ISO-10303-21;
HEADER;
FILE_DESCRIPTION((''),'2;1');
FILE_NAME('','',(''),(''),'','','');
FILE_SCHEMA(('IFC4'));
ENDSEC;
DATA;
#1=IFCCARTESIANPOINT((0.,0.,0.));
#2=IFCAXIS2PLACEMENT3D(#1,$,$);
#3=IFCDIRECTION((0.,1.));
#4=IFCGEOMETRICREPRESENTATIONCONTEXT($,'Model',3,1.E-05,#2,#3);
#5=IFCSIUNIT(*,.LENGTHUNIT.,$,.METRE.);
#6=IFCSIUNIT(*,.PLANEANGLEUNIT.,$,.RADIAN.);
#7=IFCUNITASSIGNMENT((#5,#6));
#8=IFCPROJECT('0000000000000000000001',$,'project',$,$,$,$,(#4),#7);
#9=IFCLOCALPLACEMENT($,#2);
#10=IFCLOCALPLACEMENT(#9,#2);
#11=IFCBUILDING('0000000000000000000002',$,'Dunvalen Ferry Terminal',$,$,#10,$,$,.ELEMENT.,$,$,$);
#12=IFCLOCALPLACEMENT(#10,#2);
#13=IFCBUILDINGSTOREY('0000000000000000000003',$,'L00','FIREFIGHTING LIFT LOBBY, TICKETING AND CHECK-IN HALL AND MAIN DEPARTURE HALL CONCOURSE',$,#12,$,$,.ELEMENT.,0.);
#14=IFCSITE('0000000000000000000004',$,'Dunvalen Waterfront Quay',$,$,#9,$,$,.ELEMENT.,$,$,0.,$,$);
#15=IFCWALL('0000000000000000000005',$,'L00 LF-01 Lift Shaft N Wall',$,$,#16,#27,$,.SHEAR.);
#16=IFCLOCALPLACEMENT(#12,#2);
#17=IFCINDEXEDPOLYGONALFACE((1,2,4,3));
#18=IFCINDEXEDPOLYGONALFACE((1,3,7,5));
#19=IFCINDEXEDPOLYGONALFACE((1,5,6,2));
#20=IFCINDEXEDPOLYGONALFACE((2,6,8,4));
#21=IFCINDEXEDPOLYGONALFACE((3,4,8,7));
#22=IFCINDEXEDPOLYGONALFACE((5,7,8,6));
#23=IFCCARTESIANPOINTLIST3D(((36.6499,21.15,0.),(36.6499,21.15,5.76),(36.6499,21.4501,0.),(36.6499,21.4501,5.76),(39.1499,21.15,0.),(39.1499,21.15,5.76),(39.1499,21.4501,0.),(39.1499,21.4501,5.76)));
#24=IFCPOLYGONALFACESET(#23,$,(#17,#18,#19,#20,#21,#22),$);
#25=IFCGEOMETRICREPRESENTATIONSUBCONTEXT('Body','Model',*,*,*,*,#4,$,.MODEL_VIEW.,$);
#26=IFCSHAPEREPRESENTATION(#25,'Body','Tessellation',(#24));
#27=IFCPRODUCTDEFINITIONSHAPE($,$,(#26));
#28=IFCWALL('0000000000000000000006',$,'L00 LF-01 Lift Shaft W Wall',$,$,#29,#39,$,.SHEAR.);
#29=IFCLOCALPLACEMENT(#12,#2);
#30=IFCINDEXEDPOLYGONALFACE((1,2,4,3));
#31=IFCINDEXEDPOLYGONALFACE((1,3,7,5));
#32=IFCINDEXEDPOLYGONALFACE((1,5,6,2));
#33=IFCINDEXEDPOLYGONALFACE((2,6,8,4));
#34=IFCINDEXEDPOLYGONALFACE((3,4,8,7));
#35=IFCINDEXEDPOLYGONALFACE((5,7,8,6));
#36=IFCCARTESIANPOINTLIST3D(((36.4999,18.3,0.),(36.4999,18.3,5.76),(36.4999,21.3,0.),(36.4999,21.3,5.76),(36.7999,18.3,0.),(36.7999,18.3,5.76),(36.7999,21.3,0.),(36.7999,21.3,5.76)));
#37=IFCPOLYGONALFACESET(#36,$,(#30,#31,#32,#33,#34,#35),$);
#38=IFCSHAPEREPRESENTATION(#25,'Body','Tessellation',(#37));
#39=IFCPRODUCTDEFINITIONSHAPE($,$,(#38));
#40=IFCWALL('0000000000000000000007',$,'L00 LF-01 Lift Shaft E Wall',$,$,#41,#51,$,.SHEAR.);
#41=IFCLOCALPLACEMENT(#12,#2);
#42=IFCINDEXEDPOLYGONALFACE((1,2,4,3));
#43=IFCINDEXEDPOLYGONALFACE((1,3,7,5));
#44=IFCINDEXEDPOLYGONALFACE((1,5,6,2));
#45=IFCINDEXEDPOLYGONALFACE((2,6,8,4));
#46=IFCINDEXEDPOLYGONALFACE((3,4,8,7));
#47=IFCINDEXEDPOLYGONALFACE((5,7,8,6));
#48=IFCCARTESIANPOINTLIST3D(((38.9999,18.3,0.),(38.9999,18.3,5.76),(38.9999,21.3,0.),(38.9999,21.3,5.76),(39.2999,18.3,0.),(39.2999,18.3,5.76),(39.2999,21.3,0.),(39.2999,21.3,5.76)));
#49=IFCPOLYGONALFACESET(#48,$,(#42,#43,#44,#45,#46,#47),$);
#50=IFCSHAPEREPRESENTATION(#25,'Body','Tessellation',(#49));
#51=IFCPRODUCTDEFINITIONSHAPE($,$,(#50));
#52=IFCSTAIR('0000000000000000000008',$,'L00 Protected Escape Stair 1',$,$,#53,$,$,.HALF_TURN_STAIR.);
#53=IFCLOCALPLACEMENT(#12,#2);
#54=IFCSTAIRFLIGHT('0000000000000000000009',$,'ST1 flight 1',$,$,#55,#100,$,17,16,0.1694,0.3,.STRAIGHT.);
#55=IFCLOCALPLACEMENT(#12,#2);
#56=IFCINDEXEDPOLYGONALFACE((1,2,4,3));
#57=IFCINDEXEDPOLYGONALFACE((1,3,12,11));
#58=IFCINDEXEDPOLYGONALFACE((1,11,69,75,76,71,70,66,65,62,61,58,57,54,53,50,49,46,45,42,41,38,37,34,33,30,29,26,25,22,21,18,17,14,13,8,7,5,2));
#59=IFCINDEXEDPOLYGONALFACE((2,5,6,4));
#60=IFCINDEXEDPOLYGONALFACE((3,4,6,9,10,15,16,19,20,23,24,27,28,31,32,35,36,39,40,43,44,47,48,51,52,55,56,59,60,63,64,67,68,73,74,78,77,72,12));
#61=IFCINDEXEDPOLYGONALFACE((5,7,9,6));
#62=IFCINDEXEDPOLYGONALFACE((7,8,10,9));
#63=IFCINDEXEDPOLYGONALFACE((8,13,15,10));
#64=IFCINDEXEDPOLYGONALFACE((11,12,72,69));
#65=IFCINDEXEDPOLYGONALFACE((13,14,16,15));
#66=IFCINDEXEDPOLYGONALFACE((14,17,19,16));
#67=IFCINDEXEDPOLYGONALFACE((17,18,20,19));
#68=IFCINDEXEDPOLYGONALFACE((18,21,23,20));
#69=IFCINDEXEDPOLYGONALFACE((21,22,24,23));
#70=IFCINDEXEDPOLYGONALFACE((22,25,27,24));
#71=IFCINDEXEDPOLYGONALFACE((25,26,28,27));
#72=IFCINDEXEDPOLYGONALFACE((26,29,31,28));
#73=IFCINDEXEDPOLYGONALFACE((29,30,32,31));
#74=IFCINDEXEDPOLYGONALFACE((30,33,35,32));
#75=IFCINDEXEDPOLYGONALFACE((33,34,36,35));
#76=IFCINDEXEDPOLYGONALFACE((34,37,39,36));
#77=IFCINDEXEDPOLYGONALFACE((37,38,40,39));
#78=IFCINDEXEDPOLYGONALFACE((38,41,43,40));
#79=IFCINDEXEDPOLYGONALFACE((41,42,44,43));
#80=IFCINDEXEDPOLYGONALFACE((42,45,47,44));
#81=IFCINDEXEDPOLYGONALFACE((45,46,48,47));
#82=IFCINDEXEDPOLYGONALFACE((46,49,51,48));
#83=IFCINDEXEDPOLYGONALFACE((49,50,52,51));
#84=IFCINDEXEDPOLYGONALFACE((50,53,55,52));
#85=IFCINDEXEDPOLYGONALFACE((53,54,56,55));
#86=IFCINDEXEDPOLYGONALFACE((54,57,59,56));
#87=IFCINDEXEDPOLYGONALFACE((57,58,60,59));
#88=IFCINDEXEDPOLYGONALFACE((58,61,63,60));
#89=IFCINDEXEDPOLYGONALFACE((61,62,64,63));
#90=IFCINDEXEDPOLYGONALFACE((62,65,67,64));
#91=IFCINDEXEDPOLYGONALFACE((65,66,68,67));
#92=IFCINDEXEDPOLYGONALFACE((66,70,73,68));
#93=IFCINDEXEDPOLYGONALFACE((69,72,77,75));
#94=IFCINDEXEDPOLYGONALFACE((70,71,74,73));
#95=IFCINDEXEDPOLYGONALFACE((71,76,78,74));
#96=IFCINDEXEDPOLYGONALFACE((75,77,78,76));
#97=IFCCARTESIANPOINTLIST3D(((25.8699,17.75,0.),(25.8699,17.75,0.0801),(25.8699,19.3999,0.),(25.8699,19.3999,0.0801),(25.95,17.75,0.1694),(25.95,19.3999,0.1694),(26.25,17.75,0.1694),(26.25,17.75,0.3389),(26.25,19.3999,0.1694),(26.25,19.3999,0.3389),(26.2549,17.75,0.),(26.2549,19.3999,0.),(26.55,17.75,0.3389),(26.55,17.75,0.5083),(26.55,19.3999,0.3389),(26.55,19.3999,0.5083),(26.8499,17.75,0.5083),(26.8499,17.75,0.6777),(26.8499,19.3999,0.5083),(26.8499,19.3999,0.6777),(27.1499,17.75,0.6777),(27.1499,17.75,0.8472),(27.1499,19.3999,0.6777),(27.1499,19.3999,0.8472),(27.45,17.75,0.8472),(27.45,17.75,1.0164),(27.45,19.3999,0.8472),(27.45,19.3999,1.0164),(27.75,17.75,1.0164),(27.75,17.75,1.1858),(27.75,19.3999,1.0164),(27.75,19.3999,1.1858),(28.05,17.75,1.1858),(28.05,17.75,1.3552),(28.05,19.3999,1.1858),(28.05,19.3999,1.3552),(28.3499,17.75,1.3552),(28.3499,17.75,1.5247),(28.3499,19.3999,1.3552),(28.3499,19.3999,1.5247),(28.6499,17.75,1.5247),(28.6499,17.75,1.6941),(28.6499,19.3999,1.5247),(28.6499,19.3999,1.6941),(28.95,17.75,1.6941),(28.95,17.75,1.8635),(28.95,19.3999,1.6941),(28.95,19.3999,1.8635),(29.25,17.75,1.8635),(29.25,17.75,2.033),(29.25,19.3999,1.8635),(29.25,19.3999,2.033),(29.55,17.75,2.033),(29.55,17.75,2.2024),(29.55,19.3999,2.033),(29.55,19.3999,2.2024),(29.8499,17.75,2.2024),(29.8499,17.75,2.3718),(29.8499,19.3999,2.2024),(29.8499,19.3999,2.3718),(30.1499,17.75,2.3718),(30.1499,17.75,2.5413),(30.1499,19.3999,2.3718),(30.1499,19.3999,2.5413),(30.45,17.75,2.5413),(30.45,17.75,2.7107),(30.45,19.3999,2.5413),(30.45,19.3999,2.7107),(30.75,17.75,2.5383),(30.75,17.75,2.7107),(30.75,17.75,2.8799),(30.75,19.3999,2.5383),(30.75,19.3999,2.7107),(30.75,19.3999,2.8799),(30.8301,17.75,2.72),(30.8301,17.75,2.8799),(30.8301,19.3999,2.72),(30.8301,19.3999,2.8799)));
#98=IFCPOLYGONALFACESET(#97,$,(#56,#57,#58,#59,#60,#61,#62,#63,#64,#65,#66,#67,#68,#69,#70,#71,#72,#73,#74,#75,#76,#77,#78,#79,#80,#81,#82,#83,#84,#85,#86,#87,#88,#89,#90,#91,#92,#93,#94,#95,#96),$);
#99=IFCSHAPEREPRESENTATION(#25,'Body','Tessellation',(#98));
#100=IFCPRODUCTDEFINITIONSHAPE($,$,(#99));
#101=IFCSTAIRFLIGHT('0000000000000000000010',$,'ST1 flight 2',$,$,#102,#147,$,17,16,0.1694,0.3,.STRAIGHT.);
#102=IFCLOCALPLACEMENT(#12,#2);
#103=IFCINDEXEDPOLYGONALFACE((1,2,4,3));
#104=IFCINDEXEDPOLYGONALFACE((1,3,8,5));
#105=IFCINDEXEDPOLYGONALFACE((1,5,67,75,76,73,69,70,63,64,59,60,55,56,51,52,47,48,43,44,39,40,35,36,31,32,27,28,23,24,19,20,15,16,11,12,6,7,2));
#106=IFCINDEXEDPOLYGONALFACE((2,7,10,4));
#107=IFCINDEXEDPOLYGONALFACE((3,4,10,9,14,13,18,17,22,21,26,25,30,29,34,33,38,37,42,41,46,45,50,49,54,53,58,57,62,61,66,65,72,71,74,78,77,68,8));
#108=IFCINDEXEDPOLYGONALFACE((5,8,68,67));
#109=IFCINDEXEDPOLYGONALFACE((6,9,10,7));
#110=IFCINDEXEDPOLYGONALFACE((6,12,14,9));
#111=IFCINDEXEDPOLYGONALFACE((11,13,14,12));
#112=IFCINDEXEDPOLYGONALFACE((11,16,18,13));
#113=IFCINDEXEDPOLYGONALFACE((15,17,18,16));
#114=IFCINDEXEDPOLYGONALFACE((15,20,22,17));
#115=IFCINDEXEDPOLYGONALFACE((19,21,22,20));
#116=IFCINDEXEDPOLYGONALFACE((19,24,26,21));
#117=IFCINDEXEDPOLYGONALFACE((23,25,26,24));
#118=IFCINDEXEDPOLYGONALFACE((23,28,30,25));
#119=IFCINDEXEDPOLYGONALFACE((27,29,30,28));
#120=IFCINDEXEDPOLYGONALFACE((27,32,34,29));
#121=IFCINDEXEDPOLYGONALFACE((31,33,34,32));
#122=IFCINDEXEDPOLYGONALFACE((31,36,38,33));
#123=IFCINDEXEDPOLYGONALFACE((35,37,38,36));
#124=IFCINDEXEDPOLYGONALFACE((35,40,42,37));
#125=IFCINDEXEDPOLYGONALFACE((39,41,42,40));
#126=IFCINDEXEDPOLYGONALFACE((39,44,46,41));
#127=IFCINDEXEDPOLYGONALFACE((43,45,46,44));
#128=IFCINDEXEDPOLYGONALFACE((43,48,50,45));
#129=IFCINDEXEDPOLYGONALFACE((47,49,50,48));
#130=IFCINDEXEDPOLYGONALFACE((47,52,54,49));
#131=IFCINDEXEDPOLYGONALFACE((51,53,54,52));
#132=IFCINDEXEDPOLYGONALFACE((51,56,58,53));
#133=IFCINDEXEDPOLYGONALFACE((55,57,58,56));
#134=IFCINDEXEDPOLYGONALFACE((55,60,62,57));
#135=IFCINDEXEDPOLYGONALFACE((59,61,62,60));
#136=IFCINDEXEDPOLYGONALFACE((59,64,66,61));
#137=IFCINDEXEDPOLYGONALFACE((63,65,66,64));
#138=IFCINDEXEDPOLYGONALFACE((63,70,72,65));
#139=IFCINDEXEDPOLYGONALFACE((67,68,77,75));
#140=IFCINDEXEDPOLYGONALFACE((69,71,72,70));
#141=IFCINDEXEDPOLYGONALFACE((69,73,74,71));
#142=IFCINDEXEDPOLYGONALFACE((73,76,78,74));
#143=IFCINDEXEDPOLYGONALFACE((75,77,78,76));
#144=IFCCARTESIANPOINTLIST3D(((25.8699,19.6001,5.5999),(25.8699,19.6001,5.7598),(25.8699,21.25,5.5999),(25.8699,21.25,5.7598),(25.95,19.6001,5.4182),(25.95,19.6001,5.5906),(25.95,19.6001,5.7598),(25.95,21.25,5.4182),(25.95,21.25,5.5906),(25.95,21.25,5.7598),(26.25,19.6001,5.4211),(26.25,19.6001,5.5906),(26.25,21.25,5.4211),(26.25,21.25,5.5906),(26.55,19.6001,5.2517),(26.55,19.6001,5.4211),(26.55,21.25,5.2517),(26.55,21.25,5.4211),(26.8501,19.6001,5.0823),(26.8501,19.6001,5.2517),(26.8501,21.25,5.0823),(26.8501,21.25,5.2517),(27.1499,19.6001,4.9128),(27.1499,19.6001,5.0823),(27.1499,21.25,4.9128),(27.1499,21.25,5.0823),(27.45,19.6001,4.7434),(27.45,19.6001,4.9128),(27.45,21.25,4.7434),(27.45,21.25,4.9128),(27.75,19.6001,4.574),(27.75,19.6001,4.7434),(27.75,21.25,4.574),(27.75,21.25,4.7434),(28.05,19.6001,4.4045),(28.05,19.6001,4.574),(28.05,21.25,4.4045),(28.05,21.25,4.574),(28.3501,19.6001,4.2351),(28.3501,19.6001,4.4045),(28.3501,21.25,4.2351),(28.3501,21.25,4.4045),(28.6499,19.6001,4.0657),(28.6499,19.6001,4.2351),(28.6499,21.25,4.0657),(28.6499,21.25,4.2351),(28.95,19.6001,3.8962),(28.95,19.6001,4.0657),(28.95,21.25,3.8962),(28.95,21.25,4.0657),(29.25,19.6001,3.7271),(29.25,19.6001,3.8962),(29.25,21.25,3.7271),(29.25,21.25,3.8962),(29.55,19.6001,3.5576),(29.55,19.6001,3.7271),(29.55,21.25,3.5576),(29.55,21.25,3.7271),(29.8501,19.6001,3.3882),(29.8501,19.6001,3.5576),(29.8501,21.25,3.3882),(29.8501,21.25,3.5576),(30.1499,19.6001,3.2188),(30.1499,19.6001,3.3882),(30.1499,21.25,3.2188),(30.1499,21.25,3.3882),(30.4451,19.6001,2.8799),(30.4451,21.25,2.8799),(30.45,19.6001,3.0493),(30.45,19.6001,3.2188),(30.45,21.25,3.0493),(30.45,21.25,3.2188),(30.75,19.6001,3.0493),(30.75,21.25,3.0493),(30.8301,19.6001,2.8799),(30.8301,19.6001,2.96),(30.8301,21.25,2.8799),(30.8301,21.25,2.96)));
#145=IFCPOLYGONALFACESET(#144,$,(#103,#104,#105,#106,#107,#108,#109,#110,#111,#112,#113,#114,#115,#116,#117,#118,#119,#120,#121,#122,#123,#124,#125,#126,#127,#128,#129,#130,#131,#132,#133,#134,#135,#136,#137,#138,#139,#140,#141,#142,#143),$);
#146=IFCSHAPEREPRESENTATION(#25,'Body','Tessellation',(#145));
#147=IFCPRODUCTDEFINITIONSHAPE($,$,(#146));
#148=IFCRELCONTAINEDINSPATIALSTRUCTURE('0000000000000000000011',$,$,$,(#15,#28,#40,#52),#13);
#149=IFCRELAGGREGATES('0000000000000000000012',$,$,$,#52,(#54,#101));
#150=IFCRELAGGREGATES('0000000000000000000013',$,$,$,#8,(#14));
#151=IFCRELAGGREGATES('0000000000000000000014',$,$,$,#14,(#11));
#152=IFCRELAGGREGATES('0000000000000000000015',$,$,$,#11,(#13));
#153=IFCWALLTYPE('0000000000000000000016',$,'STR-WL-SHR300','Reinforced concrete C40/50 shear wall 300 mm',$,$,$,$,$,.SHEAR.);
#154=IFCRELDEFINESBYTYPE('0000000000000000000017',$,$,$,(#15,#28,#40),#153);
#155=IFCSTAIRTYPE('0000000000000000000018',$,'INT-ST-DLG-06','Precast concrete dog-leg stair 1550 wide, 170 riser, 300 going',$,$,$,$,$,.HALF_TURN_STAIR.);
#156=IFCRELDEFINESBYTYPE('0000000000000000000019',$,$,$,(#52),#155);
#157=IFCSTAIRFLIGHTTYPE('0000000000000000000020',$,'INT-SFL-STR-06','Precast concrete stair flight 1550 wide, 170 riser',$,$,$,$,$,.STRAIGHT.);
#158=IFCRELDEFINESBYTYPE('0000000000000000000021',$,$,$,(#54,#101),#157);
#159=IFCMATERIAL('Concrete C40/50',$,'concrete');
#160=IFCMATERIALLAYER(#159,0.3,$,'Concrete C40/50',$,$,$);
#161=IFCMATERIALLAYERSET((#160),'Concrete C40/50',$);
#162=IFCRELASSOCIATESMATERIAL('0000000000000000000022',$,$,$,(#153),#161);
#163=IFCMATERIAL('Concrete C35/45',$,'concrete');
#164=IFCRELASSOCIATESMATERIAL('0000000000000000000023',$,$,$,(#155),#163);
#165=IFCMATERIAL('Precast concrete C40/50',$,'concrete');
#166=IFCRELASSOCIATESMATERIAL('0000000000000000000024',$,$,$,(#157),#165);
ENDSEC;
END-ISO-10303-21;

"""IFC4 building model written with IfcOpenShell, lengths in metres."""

from ifc_helpers import new_model, si_unit, direction, frame, frame_2d, origin, place, context, subcontext, project, spatial, polyline, rectangle, outline, extrude, material, layer, layer_set, type_object, element, aggregate, save


model = new_model("IFC4")

# Units and contexts
model_context = context("Model", 3, precision=1e-05, world=origin(), true_north=direction((0.0, 1.0)))
body_context = subcontext(model_context, "Body", "Model", "MODEL_VIEW")
ifc_project = project(units=[si_unit("LENGTHUNIT", "METRE"), si_unit("PLANEANGLEUNIT", "RADIAN")], contexts=[model_context])

# Site, building, storey
site_placement = place(None, origin())
site = spatial("IfcSite", under=ifc_project, at=site_placement, Name="Dunvalen Waterfront Quay", CompositionType="ELEMENT", RefElevation=0.0)
building_placement = place(site_placement, origin())
building = spatial("IfcBuilding", under=site, at=building_placement, Name="Dunvalen Ferry Terminal", CompositionType="ELEMENT")
storey_placement = place(building_placement, origin())
storey = spatial("IfcBuildingStorey", under=building, at=storey_placement, Name="L00", Description="FIREFIGHTING LIFT LOBBY, TICKETING AND CHECK-IN HALL AND MAIN DEPARTURE HALL CONCOURSE", CompositionType="ELEMENT", Elevation=0.0)

# Shared definitions
ifc_material_1 = material(Name="Concrete C40/50", Category="concrete")

# Shared definitions
ifc_material_2 = material(Name="Concrete C35/45", Category="concrete")

# Shared definitions
ifc_layer_1 = layer(ifc_material_1, 0.3, Name="Concrete C40/50")
ifc_layer_set_1 = layer_set([ifc_layer_1], Name="Concrete C40/50")
wall_type_1 = type_object("IfcWallType", Name="STR-WL-SHR300", Description="Reinforced concrete C40/50 shear wall 300 mm", PredefinedType="SHEAR", material=ifc_layer_set_1)

# Walls
wall_1_placement = place(storey_placement, frame((36.6499, 21.3, 0.0), z_axis=(0.0, 0.0, 1.0), x_axis=(1.0, 0.0, 0.0)))
element("IfcWall", 1, at=wall_1_placement, inside=storey, type_object=wall_type_1, Name="L00 LF-01 Lift Shaft N Wall", PredefinedType="SHEAR", context=body_context, shape_type="SweptSolid", body=[
    extrude(rectangle(XDim=2.5, YDim=0.3, at=frame_2d((1.25, 0.0))), origin(), (0.0, 0.0, 1.0), 5.76),
])
for number, where, z_axis, x_axis, name in (
    (2, (36.6499, 18.3, 0.0), (0.0, 0.0, 1.0), (0.0, 1.0, 0.0), "L00 LF-01 Lift Shaft W Wall"),
    (3, (39.1499, 18.3, 0.0), (0.0, 0.0, 1.0), (0.0, 1.0, 0.0), "L00 LF-01 Lift Shaft E Wall"),
):
    element("IfcWall", number, at=place(storey_placement, frame(where, z_axis=z_axis, x_axis=x_axis)), inside=storey, type_object=wall_type_1, Name=name, PredefinedType="SHEAR", context=body_context, shape_type="SweptSolid", body=[
        extrude(rectangle(XDim=3.0, YDim=0.3, at=frame_2d((1.5, 0.0))), origin(), (0.0, 0.0, 1.0), 5.76),
    ])

# Stair, stair flights
stair_type = type_object("IfcStairType", Name="INT-ST-DLG-06", Description="Precast concrete dog-leg stair 1550 wide, 170 riser, 300 going", PredefinedType="HALF_TURN_STAIR", material=ifc_material_2)
stair_placement = place(storey_placement, origin())
stair = element("IfcStair", 4, at=stair_placement, inside=storey, type_object=stair_type, Name="L00 Protected Escape Stair 1", PredefinedType="HALF_TURN_STAIR")
ifc_material_3 = material(Name="Precast concrete C40/50", Category="concrete")
stair_flight_type = type_object("IfcStairFlightType", Name="INT-SFL-STR-06", Description="Precast concrete stair flight 1550 wide, 170 riser", PredefinedType="STRAIGHT", material=ifc_material_3)
stair_flight_1_placement = place(storey_placement, frame((25.95, 18.575, 0.0), z_axis=(0.0, 0.0, 1.0), x_axis=(1.0, 0.0, 0.0)))
stair_flight_1 = element("IfcStairFlight", 5, at=stair_flight_1_placement, type_object=stair_flight_type, Name="ST1 flight 1", NumberOfRisers=17, NumberOfTreads=16, PredefinedType="STRAIGHT", RiserHeight=0.1694, TreadLength=0.3, context=body_context, shape_type="SweptSolid", body=[
    extrude(outline(polyline([(-0.0801, 0.0), (-0.0801, 0.0801), (0.0, 0.1694), (0.3, 0.1694), (0.3, 0.3389), (0.6001, 0.3389), (0.6001, 0.5083), (0.8999, 0.5083), (0.8999, 0.6777), (1.2, 0.6777), (1.2, 0.8472), (1.5, 0.8472), (1.5, 1.0164), (1.8, 1.0164), (1.8, 1.1858), (2.1001, 1.1858), (2.1001, 1.3552), (2.3999, 1.3552), (2.3999, 1.5247), (2.7, 1.5247), (2.7, 1.6941), (3.0, 1.6941), (3.0, 1.8635), (3.3, 1.8635), (3.3, 2.033), (3.6001, 2.033), (3.6001, 2.2024), (3.8999, 2.2024), (3.8999, 2.3718), (4.2, 2.3718), (4.2, 2.5413), (4.5, 2.5413), (4.5, 2.7107), (4.8, 2.7107), (4.8, 2.8799), (4.8801, 2.8799), (4.8801, 2.72), (4.8, 2.5383), (0.3049, 0.0), (-0.0801, 0.0)])), frame((0.0, 0.825, 0.0), z_axis=(0.0, -1.0, 0.0), x_axis=(1.0, 0.0, 0.0)), (0.0, 0.0, 1.0), 1.6499),
])
stair_flight_2_placement = place(storey_placement, frame((30.75, 20.425, 2.8799), z_axis=(0.0, 0.0, 1.0), x_axis=(-1.0, 0.0, 0.0)))
stair_flight_2 = element("IfcStairFlight", 6, at=stair_flight_2_placement, type_object=stair_flight_type, Name="ST1 flight 2", NumberOfRisers=17, NumberOfTreads=16, PredefinedType="STRAIGHT", RiserHeight=0.1694, TreadLength=0.3, context=body_context, shape_type="SweptSolid", body=[
    extrude(outline(polyline([(-0.0801, 0.0), (-0.0801, 0.0801), (0.0, 0.1694), (0.3, 0.1694), (0.3, 0.3389), (0.6001, 0.3389), (0.6001, 0.5083), (0.8999, 0.5083), (0.8999, 0.6777), (1.2, 0.6777), (1.2, 0.8472), (1.5, 0.8472), (1.5, 1.0164), (1.8, 1.0164), (1.8, 1.1858), (2.1001, 1.1858), (2.1001, 1.3552), (2.3999, 1.3552), (2.3999, 1.5247), (2.7, 1.5247), (2.7, 1.6941), (3.0, 1.6941), (3.0, 1.8635), (3.3, 1.8635), (3.3, 2.033), (3.6001, 2.033), (3.6001, 2.2024), (3.8999, 2.2024), (3.8999, 2.3718), (4.2, 2.3718), (4.2, 2.5413), (4.5, 2.5413), (4.5, 2.7107), (4.8, 2.7107), (4.8, 2.8799), (4.8801, 2.8799), (4.8801, 2.72), (4.8, 2.5383), (0.3049, 0.0), (-0.0801, 0.0)])), frame((0.0, 0.825, 0.0), z_axis=(0.0, -1.0, 0.0), x_axis=(1.0, 0.0, 0.0)), (0.0, 0.0, 1.0), 1.6499),
])
aggregate(stair, [stair_flight_1, stair_flight_2])

save(model, "model.ifc")
